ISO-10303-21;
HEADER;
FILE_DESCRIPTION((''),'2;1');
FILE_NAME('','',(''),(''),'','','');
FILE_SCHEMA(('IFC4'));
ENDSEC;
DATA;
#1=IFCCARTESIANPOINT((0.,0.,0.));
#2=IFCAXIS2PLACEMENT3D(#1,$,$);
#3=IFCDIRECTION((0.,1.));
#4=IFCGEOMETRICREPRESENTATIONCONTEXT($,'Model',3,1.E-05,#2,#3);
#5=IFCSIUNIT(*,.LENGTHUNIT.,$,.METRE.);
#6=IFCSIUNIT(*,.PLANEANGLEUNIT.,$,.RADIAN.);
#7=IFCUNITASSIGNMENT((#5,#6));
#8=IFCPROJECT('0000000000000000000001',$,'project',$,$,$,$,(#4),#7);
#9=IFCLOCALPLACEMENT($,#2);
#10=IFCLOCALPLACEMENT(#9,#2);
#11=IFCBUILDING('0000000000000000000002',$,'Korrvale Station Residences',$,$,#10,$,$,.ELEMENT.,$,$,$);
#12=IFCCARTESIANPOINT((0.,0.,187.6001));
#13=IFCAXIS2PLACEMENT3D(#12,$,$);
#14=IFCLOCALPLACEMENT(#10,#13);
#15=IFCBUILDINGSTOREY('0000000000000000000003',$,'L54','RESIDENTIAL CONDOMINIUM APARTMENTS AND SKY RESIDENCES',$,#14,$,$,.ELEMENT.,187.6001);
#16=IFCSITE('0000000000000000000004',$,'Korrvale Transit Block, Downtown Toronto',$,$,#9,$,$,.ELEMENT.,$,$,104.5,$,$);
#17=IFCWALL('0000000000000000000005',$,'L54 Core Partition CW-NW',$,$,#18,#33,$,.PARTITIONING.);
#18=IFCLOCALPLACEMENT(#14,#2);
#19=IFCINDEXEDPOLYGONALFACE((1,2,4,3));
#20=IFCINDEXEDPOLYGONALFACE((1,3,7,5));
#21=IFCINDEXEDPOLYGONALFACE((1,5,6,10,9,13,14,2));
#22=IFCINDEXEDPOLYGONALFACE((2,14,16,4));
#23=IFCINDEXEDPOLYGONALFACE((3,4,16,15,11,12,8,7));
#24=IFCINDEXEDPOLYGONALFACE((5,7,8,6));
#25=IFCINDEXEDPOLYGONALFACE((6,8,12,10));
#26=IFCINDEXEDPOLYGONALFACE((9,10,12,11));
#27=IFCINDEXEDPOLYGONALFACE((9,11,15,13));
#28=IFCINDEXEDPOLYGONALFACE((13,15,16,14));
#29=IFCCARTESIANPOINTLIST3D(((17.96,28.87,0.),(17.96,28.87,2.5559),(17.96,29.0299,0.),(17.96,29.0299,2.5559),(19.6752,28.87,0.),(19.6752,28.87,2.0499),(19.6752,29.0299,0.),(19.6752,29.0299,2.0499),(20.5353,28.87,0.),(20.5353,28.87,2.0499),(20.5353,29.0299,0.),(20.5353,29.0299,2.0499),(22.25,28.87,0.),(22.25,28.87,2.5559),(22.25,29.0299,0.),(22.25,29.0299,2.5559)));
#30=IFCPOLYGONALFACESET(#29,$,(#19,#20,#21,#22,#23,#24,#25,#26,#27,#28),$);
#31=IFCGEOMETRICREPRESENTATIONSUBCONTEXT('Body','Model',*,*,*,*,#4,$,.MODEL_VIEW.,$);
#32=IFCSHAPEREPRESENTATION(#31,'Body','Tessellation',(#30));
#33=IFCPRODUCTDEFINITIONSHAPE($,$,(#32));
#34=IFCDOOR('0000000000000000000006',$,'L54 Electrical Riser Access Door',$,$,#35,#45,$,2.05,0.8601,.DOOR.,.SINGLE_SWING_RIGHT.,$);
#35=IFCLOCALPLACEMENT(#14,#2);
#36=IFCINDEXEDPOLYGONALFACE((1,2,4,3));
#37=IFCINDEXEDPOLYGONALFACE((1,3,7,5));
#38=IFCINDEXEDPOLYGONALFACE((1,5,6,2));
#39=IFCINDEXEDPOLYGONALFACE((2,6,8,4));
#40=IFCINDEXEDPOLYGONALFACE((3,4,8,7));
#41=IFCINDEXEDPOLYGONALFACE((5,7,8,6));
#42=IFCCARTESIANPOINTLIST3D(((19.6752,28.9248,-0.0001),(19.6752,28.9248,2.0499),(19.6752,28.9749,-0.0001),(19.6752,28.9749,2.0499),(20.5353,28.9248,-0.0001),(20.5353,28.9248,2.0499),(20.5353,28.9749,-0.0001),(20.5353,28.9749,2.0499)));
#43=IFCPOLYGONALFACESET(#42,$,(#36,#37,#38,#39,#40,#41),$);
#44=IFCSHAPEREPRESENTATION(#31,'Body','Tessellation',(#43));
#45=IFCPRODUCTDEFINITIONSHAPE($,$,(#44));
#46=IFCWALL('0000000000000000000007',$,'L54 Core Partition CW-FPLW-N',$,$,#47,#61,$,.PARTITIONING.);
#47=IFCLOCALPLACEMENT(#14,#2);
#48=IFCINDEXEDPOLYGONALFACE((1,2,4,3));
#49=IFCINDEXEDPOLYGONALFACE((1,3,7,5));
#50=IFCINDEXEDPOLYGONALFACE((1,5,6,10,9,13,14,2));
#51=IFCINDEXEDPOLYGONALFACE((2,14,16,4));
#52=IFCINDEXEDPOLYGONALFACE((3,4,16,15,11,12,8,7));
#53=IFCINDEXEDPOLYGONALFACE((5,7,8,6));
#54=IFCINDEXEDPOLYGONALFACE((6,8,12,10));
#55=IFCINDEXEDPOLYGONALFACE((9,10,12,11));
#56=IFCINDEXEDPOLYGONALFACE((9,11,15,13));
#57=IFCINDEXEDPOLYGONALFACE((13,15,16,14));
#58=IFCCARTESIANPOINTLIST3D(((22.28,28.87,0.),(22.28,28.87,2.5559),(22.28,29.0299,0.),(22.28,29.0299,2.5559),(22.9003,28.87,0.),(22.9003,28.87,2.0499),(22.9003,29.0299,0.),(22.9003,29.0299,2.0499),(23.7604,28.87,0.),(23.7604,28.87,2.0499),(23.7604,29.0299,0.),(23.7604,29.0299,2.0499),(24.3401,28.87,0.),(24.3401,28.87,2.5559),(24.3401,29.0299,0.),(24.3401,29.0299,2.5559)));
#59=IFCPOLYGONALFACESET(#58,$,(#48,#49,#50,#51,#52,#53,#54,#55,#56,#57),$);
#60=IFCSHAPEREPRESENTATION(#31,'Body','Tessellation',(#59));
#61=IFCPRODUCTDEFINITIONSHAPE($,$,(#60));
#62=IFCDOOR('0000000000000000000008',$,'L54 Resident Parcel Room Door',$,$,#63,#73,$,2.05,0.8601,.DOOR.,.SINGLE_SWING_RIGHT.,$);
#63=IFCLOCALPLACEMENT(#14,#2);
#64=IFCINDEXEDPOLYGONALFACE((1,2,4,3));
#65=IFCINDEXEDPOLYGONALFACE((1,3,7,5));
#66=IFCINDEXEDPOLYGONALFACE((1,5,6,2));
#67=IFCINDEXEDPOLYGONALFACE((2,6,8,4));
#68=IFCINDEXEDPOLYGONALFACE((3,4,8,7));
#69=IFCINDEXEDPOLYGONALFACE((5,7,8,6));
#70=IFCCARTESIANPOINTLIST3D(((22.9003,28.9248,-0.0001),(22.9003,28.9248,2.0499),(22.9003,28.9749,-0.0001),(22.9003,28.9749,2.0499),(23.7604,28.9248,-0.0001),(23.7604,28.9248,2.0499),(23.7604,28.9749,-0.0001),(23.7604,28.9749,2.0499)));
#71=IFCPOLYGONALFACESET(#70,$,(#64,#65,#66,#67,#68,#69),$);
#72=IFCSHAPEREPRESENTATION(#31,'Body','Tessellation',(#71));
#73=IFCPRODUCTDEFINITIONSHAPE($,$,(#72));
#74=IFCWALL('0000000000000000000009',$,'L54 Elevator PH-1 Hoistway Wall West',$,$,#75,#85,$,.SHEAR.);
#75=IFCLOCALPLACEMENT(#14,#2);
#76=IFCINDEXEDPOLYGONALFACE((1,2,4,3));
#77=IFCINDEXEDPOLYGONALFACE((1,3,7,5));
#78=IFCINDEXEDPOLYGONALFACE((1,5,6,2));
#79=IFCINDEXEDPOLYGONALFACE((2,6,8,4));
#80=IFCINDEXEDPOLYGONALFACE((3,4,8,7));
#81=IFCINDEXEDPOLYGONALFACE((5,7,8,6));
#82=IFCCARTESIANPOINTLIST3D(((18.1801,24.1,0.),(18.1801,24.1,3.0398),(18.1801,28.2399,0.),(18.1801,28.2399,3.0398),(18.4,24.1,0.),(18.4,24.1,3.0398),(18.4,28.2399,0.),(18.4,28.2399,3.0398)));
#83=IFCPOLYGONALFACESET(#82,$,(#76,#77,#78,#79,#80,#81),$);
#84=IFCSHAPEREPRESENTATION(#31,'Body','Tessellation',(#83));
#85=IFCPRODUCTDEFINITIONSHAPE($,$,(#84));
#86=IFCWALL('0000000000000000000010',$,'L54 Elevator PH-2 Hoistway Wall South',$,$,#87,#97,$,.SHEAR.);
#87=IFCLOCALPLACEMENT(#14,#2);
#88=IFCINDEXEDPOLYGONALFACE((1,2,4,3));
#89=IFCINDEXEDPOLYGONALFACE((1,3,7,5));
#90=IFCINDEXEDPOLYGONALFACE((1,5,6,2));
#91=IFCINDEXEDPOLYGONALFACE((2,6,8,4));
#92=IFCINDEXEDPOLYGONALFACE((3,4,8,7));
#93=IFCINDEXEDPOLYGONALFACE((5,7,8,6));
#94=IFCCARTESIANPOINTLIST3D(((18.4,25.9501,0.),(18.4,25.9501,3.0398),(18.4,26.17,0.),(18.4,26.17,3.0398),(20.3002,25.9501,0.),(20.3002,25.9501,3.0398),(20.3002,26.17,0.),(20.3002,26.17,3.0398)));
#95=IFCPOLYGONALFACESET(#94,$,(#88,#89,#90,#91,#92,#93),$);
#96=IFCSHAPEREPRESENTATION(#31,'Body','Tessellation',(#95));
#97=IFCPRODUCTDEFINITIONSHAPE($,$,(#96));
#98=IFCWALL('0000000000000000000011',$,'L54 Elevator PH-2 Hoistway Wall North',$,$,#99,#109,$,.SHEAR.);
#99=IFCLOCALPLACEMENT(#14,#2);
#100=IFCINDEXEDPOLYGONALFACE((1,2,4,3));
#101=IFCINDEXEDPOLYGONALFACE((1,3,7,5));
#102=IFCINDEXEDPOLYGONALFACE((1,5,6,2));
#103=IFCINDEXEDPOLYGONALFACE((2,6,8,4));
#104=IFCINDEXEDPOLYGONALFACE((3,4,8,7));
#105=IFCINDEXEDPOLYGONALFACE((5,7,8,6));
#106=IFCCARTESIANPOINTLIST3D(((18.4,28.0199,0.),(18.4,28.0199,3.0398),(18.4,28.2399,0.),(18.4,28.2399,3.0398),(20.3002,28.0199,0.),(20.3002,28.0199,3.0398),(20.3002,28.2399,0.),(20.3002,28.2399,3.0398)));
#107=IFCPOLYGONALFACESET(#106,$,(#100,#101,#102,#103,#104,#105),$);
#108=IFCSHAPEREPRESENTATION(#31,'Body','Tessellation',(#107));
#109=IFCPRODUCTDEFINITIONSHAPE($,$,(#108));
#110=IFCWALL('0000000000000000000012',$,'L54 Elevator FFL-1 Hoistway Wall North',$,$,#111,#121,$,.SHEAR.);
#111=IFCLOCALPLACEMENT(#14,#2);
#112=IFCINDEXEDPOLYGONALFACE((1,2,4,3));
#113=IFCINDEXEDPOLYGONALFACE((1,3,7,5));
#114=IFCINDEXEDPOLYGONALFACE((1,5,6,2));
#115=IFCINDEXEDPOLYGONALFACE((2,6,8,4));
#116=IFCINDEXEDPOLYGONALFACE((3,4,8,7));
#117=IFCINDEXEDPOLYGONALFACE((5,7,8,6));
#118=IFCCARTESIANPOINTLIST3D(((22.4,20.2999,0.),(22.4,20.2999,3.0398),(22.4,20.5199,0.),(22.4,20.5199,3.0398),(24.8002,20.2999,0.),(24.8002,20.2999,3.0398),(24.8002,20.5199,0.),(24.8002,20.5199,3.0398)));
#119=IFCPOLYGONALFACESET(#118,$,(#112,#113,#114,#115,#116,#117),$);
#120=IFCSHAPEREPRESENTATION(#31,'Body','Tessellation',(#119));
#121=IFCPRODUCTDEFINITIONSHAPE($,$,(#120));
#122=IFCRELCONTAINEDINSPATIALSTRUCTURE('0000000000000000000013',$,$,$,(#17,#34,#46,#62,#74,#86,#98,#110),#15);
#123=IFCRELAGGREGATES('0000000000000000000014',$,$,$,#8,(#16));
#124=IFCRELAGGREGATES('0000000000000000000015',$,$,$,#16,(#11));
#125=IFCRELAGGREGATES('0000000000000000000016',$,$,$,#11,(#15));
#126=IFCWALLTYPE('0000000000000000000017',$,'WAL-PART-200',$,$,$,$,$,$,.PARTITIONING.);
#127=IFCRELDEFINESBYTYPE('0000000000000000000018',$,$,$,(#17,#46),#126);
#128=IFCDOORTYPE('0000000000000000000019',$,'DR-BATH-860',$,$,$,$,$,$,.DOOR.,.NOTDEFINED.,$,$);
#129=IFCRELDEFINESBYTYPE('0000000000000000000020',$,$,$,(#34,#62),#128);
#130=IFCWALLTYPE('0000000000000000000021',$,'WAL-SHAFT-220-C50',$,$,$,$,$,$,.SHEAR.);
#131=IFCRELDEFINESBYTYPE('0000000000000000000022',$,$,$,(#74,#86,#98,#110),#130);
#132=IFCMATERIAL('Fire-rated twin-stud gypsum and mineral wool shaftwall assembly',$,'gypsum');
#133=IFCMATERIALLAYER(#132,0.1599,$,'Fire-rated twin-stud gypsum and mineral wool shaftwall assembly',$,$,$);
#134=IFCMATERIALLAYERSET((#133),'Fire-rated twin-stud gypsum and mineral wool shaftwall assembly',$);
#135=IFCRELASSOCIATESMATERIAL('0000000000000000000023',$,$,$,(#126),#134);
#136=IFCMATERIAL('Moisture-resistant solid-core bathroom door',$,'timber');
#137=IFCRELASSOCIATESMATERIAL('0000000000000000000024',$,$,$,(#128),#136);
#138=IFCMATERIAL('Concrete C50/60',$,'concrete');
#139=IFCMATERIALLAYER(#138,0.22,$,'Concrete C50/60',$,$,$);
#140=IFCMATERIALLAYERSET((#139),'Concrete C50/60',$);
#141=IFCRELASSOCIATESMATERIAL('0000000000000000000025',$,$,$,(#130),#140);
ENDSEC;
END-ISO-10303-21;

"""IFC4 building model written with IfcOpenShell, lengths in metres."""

from ifc_helpers import new_model, si_unit, direction, frame, frame_2d, origin, place, context, subcontext, project, spatial, rectangle, extrude, material, layer, layer_set, type_object, element, fill, save


model = new_model("IFC4")

# Units and contexts
model_context = context("Model", 3, precision=1e-05, world=origin(), true_north=direction((0.0, 1.0)))
body_context = subcontext(model_context, "Body", "Model", "MODEL_VIEW")
ifc_project = project(units=[si_unit("LENGTHUNIT", "METRE"), si_unit("PLANEANGLEUNIT", "RADIAN")], contexts=[model_context])

# Site, building, storey
site_placement = place(None, origin())
site = spatial("IfcSite", under=ifc_project, at=site_placement, Name="Korrvale Transit Block, Downtown Toronto", CompositionType="ELEMENT", RefElevation=104.5)
building_placement = place(site_placement, origin())
building = spatial("IfcBuilding", under=site, at=building_placement, Name="Korrvale Station Residences", CompositionType="ELEMENT")
storey_placement = place(building_placement, frame((0.0, 0.0, 187.6001)))
storey = spatial("IfcBuildingStorey", under=building, at=storey_placement, Name="L54", Description="RESIDENTIAL CONDOMINIUM APARTMENTS AND SKY RESIDENCES", CompositionType="ELEMENT", Elevation=187.6001)

# Shared definitions
ifc_material_1 = material(Name="Concrete C50/60", Category="concrete")

# Shared definitions
ifc_material_2 = material(Name="Fire-rated twin-stud gypsum and mineral wool shaftwall assembly", Category="gypsum")
ifc_layer_1 = layer(ifc_material_2, 0.1599, Name="Fire-rated twin-stud gypsum and mineral wool shaftwall assembly")
ifc_layer_set_1 = layer_set([ifc_layer_1], Name="Fire-rated twin-stud gypsum and mineral wool shaftwall assembly")
wall_type_1 = type_object("IfcWallType", Name="WAL-PART-200", PredefinedType="PARTITIONING", material=ifc_layer_set_1)

# Walls, openings, doors
wall_1_placement = place(storey_placement, frame((17.96, 28.95, 0.0), z_axis=(0.0, 0.0, 1.0), x_axis=(1.0, 0.0, 0.0)))
wall_1 = element("IfcWall", 1, at=wall_1_placement, inside=storey, type_object=wall_type_1, Name="L54 Core Partition CW-NW", PredefinedType="PARTITIONING", context=body_context, shape_type="SweptSolid", body=[
    extrude(rectangle(XDim=4.29, YDim=0.1599, at=frame_2d((2.145, 0.0))), origin(), (0.0, 0.0, 1.0), 2.5559),
])
opening_1_placement = place(wall_1_placement, frame((1.7151, 0.0, 0.0)))
opening_1 = element("IfcOpeningElement", 2, at=opening_1_placement, cuts=wall_1, PredefinedType="OPENING", context=body_context, shape_type="SweptSolid", body=[
    extrude(rectangle(XDim=0.8601, YDim=2.05, at=frame_2d((0.4302, 1.0249))), frame((0.0, 0.0898, 0.0), z_axis=(0.0, -1.0, 0.0), x_axis=(1.0, 0.0, 0.0)), (0.0, 0.0, 1.0), 0.1799),
])
ifc_material_3 = material(Name="Moisture-resistant solid-core bathroom door", Category="timber")
door_type_1 = type_object("IfcDoorType", Name="DR-BATH-860", OperationType="NOTDEFINED", PredefinedType="DOOR", material=ifc_material_3)
door_1_placement = place(opening_1_placement, origin())
door_1 = element("IfcDoor", 3, at=door_1_placement, inside=storey, type_object=door_type_1, Name="L54 Electrical Riser Access Door", OperationType="SINGLE_SWING_RIGHT", OverallHeight=2.05, OverallWidth=0.8601, PredefinedType="DOOR", context=body_context, shape_type="SweptSolid", body=[
    extrude(rectangle(XDim=0.8601, YDim=2.05, at=frame_2d((0.4302, 1.0249))), frame((0.0, 0.0249, 0.0), z_axis=(0.0, -1.0, 0.0), x_axis=(1.0, 0.0, 0.0)), (0.0, 0.0, 1.0), 0.05),
])
fill(opening_1, door_1)
wall_2_placement = place(storey_placement, frame((22.28, 28.95, 0.0), z_axis=(0.0, 0.0, 1.0), x_axis=(1.0, 0.0, 0.0)))
wall_2 = element("IfcWall", 4, at=wall_2_placement, inside=storey, type_object=wall_type_1, Name="L54 Core Partition CW-FPLW-N", PredefinedType="PARTITIONING", context=body_context, shape_type="SweptSolid", body=[
    extrude(rectangle(XDim=2.0601, YDim=0.1599, at=frame_2d((1.03, 0.0))), origin(), (0.0, 0.0, 1.0), 2.5559),
])
opening_2_placement = place(wall_2_placement, frame((0.6201, 0.0, 0.0)))
opening_2 = element("IfcOpeningElement", 5, at=opening_2_placement, cuts=wall_2, PredefinedType="OPENING", context=body_context, shape_type="SweptSolid", body=[
    extrude(rectangle(XDim=0.8601, YDim=2.05, at=frame_2d((0.4302, 1.0249))), frame((0.0, 0.0898, 0.0), z_axis=(0.0, -1.0, 0.0), x_axis=(1.0, 0.0, 0.0)), (0.0, 0.0, 1.0), 0.1799),
])
door_2_placement = place(opening_2_placement, origin())
door_2 = element("IfcDoor", 6, at=door_2_placement, inside=storey, type_object=door_type_1, Name="L54 Resident Parcel Room Door", OperationType="SINGLE_SWING_RIGHT", OverallHeight=2.05, OverallWidth=0.8601, PredefinedType="DOOR", context=body_context, shape_type="SweptSolid", body=[
    extrude(rectangle(XDim=0.8601, YDim=2.05, at=frame_2d((0.4302, 1.0249))), frame((0.0, 0.0249, 0.0), z_axis=(0.0, -1.0, 0.0), x_axis=(1.0, 0.0, 0.0)), (0.0, 0.0, 1.0), 0.05),
])
fill(opening_2, door_2)

# Wall
ifc_layer_2 = layer(ifc_material_1, 0.22, Name="Concrete C50/60")
ifc_layer_set_2 = layer_set([ifc_layer_2], Name="Concrete C50/60")
wall_type_2 = type_object("IfcWallType", Name="WAL-SHAFT-220-C50", PredefinedType="SHEAR", material=ifc_layer_set_2)
wall_3_placement = place(storey_placement, frame((18.29, 24.1001, 0.0), z_axis=(0.0, 0.0, 1.0), x_axis=(0.0, 1.0, 0.0)))
element("IfcWall", 7, at=wall_3_placement, inside=storey, type_object=wall_type_2, Name="L54 Elevator PH-1 Hoistway Wall West", PredefinedType="SHEAR", context=body_context, shape_type="SweptSolid", body=[
    extrude(rectangle(XDim=4.1399, YDim=0.22, at=frame_2d((2.0698, 0.0))), origin(), (0.0, 0.0, 1.0), 3.0398),
])

# Walls
for number, where, z_axis, x_axis, name in (
    (8, (18.3999, 26.0601, 0.0), (0.0, 0.0, 1.0), (1.0, 0.0, 0.0), "L54 Elevator PH-2 Hoistway Wall South"),
    (9, (18.3999, 28.1299, 0.0), (0.0, 0.0, 1.0), (1.0, 0.0, 0.0), "L54 Elevator PH-2 Hoistway Wall North"),
):
    element("IfcWall", number, at=place(storey_placement, frame(where, z_axis=z_axis, x_axis=x_axis)), inside=storey, type_object=wall_type_2, Name=name, PredefinedType="SHEAR", context=body_context, shape_type="SweptSolid", body=[
        extrude(rectangle(XDim=1.9001, YDim=0.22, at=frame_2d((0.9502, 0.0))), origin(), (0.0, 0.0, 1.0), 3.0398),
    ])

# Wall
wall_4_placement = place(storey_placement, frame((22.3999, 20.4099, 0.0), z_axis=(0.0, 0.0, 1.0), x_axis=(1.0, 0.0, 0.0)))
element("IfcWall", 10, at=wall_4_placement, inside=storey, type_object=wall_type_2, Name="L54 Elevator FFL-1 Hoistway Wall North", PredefinedType="SHEAR", context=body_context, shape_type="SweptSolid", body=[
    extrude(rectangle(XDim=2.4001, YDim=0.22, at=frame_2d((1.2002, 0.0))), origin(), (0.0, 0.0, 1.0), 3.0398),
])

save(model, "model.ifc")
